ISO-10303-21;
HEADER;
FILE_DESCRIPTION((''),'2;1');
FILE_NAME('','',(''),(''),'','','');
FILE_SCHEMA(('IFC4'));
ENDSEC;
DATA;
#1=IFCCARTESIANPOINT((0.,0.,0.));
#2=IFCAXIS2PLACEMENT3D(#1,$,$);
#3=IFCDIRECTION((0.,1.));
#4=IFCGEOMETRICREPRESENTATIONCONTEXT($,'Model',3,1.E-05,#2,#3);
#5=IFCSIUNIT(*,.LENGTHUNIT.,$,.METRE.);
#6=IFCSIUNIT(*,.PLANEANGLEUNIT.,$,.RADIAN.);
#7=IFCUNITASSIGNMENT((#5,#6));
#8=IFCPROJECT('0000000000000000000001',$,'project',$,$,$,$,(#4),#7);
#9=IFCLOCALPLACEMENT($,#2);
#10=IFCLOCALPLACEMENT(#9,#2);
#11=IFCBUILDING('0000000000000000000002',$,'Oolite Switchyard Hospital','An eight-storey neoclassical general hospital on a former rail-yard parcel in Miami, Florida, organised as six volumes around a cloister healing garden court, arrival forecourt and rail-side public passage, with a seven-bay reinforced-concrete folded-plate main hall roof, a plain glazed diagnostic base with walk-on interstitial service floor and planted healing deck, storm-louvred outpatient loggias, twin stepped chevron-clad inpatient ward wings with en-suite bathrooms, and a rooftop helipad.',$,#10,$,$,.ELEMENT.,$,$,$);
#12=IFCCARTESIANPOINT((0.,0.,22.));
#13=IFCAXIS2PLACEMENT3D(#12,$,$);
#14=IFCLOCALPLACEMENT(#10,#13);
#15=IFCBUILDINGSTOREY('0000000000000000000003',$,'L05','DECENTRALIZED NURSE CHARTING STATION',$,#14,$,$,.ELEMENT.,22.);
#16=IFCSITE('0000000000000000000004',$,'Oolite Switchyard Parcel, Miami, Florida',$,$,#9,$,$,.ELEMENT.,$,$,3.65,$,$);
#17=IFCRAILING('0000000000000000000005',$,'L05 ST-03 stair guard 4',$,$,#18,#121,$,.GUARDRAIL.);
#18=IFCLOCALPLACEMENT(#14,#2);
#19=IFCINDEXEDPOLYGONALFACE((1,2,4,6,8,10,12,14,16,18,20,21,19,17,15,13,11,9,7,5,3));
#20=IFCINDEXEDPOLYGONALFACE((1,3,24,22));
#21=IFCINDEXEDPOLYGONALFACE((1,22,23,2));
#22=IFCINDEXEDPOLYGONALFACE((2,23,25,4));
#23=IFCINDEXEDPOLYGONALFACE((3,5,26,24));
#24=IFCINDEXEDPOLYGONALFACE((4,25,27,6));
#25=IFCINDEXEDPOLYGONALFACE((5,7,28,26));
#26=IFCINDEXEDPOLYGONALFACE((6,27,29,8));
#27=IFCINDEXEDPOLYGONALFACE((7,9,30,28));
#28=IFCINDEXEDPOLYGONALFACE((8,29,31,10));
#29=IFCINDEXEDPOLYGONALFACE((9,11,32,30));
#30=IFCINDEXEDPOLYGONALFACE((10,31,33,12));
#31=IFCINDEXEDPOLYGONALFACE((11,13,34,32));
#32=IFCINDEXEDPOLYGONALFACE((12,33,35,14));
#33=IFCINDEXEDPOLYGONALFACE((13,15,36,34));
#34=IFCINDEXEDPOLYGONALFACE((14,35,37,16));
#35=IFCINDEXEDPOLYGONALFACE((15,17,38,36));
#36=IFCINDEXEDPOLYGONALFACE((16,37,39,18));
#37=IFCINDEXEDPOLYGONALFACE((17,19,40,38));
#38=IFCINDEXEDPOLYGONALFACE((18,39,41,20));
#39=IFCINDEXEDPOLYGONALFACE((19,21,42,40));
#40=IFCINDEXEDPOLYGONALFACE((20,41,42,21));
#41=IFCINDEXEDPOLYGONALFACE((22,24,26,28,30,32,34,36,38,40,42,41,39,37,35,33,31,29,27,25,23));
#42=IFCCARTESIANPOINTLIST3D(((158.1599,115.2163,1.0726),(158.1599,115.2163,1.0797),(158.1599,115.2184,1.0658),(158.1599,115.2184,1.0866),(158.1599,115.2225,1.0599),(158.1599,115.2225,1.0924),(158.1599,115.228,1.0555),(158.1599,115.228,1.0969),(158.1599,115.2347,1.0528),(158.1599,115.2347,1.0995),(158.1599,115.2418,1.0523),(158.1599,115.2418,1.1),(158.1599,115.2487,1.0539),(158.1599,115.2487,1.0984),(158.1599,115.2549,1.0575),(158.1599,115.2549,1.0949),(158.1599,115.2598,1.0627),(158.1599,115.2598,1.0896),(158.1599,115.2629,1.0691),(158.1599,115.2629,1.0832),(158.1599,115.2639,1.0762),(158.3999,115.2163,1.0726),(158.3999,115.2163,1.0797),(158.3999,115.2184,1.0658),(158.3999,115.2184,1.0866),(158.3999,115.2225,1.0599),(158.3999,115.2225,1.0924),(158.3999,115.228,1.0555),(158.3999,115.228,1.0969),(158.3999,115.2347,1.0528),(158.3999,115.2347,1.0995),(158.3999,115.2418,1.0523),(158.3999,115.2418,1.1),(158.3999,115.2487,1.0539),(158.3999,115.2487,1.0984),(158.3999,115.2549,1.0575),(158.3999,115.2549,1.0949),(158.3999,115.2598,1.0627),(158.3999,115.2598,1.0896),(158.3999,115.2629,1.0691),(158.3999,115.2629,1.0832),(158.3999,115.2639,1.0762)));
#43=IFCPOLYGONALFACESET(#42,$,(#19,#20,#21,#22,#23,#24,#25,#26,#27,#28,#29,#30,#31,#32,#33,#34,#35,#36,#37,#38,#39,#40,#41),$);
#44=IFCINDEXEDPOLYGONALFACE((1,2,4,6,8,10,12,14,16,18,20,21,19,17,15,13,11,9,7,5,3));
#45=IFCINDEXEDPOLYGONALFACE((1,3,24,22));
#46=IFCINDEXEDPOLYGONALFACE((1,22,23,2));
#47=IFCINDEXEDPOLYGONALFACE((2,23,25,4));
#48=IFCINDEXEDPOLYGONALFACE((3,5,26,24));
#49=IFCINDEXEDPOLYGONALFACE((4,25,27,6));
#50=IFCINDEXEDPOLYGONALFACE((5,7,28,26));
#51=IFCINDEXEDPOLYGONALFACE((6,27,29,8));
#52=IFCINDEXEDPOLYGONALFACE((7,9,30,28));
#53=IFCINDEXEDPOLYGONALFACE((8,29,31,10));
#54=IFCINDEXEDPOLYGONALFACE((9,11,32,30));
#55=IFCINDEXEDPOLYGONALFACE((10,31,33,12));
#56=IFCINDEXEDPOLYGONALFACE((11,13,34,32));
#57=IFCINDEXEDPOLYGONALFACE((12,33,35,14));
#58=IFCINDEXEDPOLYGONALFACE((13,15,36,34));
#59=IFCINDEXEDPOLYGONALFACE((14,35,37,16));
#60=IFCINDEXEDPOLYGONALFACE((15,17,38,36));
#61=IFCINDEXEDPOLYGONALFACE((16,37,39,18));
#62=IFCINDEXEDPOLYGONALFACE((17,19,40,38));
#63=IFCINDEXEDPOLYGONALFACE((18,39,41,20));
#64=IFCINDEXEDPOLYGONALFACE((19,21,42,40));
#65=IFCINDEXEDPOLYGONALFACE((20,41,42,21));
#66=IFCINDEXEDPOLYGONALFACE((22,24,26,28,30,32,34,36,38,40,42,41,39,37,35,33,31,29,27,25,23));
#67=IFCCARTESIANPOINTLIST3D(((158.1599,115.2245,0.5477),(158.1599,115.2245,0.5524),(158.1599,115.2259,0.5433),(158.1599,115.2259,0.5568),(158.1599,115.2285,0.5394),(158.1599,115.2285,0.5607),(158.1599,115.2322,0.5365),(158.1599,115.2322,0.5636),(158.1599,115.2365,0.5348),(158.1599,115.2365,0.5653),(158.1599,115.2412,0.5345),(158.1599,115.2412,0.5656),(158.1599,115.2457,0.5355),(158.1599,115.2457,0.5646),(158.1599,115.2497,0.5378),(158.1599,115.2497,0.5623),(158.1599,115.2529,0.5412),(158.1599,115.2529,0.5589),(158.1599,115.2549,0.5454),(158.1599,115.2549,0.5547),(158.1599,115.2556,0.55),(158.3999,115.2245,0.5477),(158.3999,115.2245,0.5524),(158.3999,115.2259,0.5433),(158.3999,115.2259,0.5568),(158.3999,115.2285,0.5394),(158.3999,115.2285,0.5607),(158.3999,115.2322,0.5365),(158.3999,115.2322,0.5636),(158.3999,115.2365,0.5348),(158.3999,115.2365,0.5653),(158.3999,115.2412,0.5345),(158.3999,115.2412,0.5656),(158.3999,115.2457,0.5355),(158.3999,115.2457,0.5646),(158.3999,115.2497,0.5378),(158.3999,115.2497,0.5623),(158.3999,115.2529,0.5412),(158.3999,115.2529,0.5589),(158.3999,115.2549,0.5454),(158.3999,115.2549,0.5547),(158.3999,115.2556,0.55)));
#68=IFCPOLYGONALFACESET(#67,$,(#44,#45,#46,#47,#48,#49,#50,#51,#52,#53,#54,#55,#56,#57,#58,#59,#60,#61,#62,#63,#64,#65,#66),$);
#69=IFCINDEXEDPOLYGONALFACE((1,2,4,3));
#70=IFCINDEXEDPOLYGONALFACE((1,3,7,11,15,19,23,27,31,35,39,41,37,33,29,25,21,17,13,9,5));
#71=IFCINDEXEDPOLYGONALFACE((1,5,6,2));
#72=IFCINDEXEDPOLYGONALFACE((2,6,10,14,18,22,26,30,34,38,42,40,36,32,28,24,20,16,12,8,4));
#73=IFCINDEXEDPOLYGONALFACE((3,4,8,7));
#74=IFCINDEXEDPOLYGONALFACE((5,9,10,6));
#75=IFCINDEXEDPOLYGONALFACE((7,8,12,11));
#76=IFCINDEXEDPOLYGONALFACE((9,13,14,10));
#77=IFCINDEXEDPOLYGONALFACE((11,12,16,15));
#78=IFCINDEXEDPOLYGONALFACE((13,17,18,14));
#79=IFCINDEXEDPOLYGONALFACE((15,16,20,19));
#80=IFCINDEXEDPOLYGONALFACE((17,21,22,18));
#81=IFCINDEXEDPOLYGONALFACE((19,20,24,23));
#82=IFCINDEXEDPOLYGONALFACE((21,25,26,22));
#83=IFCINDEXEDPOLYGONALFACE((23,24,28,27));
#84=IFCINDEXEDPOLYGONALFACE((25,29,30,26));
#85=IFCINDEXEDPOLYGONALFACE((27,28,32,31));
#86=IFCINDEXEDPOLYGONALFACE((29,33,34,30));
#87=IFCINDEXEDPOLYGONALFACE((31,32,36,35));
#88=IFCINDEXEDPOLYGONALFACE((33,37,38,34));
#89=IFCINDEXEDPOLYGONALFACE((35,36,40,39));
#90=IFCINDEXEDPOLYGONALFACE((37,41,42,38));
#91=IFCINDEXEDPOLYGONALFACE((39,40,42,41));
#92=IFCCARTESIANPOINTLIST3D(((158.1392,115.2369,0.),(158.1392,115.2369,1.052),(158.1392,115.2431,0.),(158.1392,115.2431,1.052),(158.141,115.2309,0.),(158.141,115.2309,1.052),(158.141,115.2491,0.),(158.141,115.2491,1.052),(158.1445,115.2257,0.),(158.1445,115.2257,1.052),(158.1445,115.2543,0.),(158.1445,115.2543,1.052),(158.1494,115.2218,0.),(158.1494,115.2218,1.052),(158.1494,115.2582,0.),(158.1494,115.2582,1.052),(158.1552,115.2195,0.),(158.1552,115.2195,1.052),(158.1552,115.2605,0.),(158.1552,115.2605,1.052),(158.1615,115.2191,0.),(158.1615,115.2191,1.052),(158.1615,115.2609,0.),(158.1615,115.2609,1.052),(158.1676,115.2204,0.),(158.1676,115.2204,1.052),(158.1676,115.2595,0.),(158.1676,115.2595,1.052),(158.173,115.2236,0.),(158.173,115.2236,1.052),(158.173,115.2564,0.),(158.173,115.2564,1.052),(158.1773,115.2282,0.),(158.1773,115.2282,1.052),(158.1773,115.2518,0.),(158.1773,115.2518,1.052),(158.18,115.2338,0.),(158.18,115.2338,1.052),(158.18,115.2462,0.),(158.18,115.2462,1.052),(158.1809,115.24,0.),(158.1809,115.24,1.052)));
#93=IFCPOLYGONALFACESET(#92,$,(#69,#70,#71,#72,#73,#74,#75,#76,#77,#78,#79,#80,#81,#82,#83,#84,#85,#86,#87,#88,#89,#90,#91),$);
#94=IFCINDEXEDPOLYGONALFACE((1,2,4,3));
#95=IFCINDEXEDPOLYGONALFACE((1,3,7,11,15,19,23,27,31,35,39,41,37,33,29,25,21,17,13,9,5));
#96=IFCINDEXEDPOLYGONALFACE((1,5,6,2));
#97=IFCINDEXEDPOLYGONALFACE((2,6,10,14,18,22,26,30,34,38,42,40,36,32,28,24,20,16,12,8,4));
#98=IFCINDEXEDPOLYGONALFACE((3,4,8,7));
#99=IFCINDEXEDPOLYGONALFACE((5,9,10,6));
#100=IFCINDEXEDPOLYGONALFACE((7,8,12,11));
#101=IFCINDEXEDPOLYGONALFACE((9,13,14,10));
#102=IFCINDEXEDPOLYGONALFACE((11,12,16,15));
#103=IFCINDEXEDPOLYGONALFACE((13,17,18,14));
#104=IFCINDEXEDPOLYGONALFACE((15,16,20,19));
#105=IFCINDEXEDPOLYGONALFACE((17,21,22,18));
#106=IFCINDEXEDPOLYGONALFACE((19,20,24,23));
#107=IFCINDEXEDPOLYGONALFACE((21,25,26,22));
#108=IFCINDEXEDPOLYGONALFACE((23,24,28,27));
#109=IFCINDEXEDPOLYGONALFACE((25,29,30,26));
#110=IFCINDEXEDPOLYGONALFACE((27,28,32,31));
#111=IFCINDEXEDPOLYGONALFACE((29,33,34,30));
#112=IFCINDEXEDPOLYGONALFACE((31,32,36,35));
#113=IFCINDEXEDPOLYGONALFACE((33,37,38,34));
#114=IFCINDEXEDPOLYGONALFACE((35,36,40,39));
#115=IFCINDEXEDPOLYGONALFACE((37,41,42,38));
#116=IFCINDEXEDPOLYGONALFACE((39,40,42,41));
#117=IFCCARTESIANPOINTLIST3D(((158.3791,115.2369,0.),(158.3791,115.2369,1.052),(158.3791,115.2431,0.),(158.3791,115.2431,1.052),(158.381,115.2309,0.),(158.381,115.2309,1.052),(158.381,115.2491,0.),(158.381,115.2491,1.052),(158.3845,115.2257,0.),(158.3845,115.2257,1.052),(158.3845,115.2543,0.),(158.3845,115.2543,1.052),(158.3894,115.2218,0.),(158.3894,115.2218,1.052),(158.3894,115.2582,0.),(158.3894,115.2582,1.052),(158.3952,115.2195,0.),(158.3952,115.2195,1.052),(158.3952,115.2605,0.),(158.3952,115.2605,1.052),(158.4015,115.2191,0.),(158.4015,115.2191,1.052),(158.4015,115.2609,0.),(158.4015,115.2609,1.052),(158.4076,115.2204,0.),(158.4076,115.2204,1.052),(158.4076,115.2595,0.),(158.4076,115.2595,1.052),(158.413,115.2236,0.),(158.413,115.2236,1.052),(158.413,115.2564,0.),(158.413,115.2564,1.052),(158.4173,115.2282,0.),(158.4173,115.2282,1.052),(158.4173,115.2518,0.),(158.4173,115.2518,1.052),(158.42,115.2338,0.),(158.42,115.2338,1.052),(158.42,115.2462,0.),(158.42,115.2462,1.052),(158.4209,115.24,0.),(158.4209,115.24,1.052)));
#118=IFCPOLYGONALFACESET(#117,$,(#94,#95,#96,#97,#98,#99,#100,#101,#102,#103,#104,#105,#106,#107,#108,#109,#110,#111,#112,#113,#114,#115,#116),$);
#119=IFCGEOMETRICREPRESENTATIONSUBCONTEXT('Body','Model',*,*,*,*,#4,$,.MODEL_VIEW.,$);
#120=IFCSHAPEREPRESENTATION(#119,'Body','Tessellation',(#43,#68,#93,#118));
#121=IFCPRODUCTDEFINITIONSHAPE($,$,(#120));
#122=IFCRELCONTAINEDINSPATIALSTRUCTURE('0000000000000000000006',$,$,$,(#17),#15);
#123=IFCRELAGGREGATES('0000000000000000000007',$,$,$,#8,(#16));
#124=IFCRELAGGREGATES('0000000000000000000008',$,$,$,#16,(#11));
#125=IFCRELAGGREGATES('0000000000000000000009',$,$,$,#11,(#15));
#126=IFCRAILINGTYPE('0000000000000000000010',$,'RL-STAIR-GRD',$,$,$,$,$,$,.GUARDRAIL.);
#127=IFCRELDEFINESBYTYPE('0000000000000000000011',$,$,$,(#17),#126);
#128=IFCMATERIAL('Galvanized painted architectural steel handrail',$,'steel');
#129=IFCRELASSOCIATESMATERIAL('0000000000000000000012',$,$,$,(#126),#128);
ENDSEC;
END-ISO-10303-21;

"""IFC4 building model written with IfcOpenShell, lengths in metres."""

from ifc_helpers import new_model, si_unit, direction, frame, origin, origin_2d, place, context, subcontext, project, spatial, circle, extrude, material, type_object, element, save


model = new_model("IFC4")

# Units and contexts
model_context = context("Model", 3, precision=1e-05, world=origin(), true_north=direction((0.0, 1.0)))
body_context = subcontext(model_context, "Body", "Model", "MODEL_VIEW")
ifc_project = project(units=[si_unit("LENGTHUNIT", "METRE"), si_unit("PLANEANGLEUNIT", "RADIAN")], contexts=[model_context])

# Site, building, storey
site_placement = place(None, origin())
site = spatial("IfcSite", under=ifc_project, at=site_placement, Name="Oolite Switchyard Parcel, Miami, Florida", CompositionType="ELEMENT", RefElevation=3.65)
building_placement = place(site_placement, origin())
building = spatial("IfcBuilding", under=site, at=building_placement, Name="Oolite Switchyard Hospital", Description="An eight-storey neoclassical general hospital on a former rail-yard parcel in Miami, Florida, organised as six volumes around a cloister healing garden court, arrival forecourt and rail-side public passage, with a seven-bay reinforced-concrete folded-plate main hall roof, a plain glazed diagnostic base with walk-on interstitial service floor and planted healing deck, storm-louvred outpatient loggias, twin stepped chevron-clad inpatient ward wings with en-suite bathrooms, and a rooftop helipad.", CompositionType="ELEMENT")
storey_placement = place(building_placement, frame((0.0, 0.0, 22.0)))
storey = spatial("IfcBuildingStorey", under=building, at=storey_placement, Name="L05", Description="DECENTRALIZED NURSE CHARTING STATION", CompositionType="ELEMENT", Elevation=22.0)

# Railing
ifc_material_1 = material(Name="Galvanized painted architectural steel handrail", Category="steel")
railing_type_1 = type_object("IfcRailingType", Name="RL-STAIR-GRD", PredefinedType="GUARDRAIL", material=ifc_material_1)
railing_1_placement = place(storey_placement, frame((158.1599, 115.24, 0.0)))
element("IfcRailing", 1, at=railing_1_placement, inside=storey, type_object=railing_type_1, Name="L05 ST-03 stair guard 4", PredefinedType="GUARDRAIL", context=body_context, shape_type="SweptSolid", body=[
    extrude(circle(Radius=0.0239, at=origin_2d()), frame((0.0, 0.0, 1.0762), z_axis=(1.0, 0.0, 0.0), x_axis=(0.0, 1.0, 0.0)), (0.0, 0.0, 1.0), 0.24),
    extrude(circle(Radius=0.0156, at=origin_2d()), frame((0.0, 0.0, 0.55), z_axis=(1.0, 0.0, 0.0), x_axis=(0.0, 1.0, 0.0)), (0.0, 0.0, 1.0), 0.24),
    extrude(circle(Radius=0.021, at=origin_2d()), origin(), (0.0, 0.0, 1.0), 1.052),
    extrude(circle(Radius=0.021, at=origin_2d()), frame((0.24, 0.0, 0.0)), (0.0, 0.0, 1.0), 1.052),
])

save(model, "model.ifc")
